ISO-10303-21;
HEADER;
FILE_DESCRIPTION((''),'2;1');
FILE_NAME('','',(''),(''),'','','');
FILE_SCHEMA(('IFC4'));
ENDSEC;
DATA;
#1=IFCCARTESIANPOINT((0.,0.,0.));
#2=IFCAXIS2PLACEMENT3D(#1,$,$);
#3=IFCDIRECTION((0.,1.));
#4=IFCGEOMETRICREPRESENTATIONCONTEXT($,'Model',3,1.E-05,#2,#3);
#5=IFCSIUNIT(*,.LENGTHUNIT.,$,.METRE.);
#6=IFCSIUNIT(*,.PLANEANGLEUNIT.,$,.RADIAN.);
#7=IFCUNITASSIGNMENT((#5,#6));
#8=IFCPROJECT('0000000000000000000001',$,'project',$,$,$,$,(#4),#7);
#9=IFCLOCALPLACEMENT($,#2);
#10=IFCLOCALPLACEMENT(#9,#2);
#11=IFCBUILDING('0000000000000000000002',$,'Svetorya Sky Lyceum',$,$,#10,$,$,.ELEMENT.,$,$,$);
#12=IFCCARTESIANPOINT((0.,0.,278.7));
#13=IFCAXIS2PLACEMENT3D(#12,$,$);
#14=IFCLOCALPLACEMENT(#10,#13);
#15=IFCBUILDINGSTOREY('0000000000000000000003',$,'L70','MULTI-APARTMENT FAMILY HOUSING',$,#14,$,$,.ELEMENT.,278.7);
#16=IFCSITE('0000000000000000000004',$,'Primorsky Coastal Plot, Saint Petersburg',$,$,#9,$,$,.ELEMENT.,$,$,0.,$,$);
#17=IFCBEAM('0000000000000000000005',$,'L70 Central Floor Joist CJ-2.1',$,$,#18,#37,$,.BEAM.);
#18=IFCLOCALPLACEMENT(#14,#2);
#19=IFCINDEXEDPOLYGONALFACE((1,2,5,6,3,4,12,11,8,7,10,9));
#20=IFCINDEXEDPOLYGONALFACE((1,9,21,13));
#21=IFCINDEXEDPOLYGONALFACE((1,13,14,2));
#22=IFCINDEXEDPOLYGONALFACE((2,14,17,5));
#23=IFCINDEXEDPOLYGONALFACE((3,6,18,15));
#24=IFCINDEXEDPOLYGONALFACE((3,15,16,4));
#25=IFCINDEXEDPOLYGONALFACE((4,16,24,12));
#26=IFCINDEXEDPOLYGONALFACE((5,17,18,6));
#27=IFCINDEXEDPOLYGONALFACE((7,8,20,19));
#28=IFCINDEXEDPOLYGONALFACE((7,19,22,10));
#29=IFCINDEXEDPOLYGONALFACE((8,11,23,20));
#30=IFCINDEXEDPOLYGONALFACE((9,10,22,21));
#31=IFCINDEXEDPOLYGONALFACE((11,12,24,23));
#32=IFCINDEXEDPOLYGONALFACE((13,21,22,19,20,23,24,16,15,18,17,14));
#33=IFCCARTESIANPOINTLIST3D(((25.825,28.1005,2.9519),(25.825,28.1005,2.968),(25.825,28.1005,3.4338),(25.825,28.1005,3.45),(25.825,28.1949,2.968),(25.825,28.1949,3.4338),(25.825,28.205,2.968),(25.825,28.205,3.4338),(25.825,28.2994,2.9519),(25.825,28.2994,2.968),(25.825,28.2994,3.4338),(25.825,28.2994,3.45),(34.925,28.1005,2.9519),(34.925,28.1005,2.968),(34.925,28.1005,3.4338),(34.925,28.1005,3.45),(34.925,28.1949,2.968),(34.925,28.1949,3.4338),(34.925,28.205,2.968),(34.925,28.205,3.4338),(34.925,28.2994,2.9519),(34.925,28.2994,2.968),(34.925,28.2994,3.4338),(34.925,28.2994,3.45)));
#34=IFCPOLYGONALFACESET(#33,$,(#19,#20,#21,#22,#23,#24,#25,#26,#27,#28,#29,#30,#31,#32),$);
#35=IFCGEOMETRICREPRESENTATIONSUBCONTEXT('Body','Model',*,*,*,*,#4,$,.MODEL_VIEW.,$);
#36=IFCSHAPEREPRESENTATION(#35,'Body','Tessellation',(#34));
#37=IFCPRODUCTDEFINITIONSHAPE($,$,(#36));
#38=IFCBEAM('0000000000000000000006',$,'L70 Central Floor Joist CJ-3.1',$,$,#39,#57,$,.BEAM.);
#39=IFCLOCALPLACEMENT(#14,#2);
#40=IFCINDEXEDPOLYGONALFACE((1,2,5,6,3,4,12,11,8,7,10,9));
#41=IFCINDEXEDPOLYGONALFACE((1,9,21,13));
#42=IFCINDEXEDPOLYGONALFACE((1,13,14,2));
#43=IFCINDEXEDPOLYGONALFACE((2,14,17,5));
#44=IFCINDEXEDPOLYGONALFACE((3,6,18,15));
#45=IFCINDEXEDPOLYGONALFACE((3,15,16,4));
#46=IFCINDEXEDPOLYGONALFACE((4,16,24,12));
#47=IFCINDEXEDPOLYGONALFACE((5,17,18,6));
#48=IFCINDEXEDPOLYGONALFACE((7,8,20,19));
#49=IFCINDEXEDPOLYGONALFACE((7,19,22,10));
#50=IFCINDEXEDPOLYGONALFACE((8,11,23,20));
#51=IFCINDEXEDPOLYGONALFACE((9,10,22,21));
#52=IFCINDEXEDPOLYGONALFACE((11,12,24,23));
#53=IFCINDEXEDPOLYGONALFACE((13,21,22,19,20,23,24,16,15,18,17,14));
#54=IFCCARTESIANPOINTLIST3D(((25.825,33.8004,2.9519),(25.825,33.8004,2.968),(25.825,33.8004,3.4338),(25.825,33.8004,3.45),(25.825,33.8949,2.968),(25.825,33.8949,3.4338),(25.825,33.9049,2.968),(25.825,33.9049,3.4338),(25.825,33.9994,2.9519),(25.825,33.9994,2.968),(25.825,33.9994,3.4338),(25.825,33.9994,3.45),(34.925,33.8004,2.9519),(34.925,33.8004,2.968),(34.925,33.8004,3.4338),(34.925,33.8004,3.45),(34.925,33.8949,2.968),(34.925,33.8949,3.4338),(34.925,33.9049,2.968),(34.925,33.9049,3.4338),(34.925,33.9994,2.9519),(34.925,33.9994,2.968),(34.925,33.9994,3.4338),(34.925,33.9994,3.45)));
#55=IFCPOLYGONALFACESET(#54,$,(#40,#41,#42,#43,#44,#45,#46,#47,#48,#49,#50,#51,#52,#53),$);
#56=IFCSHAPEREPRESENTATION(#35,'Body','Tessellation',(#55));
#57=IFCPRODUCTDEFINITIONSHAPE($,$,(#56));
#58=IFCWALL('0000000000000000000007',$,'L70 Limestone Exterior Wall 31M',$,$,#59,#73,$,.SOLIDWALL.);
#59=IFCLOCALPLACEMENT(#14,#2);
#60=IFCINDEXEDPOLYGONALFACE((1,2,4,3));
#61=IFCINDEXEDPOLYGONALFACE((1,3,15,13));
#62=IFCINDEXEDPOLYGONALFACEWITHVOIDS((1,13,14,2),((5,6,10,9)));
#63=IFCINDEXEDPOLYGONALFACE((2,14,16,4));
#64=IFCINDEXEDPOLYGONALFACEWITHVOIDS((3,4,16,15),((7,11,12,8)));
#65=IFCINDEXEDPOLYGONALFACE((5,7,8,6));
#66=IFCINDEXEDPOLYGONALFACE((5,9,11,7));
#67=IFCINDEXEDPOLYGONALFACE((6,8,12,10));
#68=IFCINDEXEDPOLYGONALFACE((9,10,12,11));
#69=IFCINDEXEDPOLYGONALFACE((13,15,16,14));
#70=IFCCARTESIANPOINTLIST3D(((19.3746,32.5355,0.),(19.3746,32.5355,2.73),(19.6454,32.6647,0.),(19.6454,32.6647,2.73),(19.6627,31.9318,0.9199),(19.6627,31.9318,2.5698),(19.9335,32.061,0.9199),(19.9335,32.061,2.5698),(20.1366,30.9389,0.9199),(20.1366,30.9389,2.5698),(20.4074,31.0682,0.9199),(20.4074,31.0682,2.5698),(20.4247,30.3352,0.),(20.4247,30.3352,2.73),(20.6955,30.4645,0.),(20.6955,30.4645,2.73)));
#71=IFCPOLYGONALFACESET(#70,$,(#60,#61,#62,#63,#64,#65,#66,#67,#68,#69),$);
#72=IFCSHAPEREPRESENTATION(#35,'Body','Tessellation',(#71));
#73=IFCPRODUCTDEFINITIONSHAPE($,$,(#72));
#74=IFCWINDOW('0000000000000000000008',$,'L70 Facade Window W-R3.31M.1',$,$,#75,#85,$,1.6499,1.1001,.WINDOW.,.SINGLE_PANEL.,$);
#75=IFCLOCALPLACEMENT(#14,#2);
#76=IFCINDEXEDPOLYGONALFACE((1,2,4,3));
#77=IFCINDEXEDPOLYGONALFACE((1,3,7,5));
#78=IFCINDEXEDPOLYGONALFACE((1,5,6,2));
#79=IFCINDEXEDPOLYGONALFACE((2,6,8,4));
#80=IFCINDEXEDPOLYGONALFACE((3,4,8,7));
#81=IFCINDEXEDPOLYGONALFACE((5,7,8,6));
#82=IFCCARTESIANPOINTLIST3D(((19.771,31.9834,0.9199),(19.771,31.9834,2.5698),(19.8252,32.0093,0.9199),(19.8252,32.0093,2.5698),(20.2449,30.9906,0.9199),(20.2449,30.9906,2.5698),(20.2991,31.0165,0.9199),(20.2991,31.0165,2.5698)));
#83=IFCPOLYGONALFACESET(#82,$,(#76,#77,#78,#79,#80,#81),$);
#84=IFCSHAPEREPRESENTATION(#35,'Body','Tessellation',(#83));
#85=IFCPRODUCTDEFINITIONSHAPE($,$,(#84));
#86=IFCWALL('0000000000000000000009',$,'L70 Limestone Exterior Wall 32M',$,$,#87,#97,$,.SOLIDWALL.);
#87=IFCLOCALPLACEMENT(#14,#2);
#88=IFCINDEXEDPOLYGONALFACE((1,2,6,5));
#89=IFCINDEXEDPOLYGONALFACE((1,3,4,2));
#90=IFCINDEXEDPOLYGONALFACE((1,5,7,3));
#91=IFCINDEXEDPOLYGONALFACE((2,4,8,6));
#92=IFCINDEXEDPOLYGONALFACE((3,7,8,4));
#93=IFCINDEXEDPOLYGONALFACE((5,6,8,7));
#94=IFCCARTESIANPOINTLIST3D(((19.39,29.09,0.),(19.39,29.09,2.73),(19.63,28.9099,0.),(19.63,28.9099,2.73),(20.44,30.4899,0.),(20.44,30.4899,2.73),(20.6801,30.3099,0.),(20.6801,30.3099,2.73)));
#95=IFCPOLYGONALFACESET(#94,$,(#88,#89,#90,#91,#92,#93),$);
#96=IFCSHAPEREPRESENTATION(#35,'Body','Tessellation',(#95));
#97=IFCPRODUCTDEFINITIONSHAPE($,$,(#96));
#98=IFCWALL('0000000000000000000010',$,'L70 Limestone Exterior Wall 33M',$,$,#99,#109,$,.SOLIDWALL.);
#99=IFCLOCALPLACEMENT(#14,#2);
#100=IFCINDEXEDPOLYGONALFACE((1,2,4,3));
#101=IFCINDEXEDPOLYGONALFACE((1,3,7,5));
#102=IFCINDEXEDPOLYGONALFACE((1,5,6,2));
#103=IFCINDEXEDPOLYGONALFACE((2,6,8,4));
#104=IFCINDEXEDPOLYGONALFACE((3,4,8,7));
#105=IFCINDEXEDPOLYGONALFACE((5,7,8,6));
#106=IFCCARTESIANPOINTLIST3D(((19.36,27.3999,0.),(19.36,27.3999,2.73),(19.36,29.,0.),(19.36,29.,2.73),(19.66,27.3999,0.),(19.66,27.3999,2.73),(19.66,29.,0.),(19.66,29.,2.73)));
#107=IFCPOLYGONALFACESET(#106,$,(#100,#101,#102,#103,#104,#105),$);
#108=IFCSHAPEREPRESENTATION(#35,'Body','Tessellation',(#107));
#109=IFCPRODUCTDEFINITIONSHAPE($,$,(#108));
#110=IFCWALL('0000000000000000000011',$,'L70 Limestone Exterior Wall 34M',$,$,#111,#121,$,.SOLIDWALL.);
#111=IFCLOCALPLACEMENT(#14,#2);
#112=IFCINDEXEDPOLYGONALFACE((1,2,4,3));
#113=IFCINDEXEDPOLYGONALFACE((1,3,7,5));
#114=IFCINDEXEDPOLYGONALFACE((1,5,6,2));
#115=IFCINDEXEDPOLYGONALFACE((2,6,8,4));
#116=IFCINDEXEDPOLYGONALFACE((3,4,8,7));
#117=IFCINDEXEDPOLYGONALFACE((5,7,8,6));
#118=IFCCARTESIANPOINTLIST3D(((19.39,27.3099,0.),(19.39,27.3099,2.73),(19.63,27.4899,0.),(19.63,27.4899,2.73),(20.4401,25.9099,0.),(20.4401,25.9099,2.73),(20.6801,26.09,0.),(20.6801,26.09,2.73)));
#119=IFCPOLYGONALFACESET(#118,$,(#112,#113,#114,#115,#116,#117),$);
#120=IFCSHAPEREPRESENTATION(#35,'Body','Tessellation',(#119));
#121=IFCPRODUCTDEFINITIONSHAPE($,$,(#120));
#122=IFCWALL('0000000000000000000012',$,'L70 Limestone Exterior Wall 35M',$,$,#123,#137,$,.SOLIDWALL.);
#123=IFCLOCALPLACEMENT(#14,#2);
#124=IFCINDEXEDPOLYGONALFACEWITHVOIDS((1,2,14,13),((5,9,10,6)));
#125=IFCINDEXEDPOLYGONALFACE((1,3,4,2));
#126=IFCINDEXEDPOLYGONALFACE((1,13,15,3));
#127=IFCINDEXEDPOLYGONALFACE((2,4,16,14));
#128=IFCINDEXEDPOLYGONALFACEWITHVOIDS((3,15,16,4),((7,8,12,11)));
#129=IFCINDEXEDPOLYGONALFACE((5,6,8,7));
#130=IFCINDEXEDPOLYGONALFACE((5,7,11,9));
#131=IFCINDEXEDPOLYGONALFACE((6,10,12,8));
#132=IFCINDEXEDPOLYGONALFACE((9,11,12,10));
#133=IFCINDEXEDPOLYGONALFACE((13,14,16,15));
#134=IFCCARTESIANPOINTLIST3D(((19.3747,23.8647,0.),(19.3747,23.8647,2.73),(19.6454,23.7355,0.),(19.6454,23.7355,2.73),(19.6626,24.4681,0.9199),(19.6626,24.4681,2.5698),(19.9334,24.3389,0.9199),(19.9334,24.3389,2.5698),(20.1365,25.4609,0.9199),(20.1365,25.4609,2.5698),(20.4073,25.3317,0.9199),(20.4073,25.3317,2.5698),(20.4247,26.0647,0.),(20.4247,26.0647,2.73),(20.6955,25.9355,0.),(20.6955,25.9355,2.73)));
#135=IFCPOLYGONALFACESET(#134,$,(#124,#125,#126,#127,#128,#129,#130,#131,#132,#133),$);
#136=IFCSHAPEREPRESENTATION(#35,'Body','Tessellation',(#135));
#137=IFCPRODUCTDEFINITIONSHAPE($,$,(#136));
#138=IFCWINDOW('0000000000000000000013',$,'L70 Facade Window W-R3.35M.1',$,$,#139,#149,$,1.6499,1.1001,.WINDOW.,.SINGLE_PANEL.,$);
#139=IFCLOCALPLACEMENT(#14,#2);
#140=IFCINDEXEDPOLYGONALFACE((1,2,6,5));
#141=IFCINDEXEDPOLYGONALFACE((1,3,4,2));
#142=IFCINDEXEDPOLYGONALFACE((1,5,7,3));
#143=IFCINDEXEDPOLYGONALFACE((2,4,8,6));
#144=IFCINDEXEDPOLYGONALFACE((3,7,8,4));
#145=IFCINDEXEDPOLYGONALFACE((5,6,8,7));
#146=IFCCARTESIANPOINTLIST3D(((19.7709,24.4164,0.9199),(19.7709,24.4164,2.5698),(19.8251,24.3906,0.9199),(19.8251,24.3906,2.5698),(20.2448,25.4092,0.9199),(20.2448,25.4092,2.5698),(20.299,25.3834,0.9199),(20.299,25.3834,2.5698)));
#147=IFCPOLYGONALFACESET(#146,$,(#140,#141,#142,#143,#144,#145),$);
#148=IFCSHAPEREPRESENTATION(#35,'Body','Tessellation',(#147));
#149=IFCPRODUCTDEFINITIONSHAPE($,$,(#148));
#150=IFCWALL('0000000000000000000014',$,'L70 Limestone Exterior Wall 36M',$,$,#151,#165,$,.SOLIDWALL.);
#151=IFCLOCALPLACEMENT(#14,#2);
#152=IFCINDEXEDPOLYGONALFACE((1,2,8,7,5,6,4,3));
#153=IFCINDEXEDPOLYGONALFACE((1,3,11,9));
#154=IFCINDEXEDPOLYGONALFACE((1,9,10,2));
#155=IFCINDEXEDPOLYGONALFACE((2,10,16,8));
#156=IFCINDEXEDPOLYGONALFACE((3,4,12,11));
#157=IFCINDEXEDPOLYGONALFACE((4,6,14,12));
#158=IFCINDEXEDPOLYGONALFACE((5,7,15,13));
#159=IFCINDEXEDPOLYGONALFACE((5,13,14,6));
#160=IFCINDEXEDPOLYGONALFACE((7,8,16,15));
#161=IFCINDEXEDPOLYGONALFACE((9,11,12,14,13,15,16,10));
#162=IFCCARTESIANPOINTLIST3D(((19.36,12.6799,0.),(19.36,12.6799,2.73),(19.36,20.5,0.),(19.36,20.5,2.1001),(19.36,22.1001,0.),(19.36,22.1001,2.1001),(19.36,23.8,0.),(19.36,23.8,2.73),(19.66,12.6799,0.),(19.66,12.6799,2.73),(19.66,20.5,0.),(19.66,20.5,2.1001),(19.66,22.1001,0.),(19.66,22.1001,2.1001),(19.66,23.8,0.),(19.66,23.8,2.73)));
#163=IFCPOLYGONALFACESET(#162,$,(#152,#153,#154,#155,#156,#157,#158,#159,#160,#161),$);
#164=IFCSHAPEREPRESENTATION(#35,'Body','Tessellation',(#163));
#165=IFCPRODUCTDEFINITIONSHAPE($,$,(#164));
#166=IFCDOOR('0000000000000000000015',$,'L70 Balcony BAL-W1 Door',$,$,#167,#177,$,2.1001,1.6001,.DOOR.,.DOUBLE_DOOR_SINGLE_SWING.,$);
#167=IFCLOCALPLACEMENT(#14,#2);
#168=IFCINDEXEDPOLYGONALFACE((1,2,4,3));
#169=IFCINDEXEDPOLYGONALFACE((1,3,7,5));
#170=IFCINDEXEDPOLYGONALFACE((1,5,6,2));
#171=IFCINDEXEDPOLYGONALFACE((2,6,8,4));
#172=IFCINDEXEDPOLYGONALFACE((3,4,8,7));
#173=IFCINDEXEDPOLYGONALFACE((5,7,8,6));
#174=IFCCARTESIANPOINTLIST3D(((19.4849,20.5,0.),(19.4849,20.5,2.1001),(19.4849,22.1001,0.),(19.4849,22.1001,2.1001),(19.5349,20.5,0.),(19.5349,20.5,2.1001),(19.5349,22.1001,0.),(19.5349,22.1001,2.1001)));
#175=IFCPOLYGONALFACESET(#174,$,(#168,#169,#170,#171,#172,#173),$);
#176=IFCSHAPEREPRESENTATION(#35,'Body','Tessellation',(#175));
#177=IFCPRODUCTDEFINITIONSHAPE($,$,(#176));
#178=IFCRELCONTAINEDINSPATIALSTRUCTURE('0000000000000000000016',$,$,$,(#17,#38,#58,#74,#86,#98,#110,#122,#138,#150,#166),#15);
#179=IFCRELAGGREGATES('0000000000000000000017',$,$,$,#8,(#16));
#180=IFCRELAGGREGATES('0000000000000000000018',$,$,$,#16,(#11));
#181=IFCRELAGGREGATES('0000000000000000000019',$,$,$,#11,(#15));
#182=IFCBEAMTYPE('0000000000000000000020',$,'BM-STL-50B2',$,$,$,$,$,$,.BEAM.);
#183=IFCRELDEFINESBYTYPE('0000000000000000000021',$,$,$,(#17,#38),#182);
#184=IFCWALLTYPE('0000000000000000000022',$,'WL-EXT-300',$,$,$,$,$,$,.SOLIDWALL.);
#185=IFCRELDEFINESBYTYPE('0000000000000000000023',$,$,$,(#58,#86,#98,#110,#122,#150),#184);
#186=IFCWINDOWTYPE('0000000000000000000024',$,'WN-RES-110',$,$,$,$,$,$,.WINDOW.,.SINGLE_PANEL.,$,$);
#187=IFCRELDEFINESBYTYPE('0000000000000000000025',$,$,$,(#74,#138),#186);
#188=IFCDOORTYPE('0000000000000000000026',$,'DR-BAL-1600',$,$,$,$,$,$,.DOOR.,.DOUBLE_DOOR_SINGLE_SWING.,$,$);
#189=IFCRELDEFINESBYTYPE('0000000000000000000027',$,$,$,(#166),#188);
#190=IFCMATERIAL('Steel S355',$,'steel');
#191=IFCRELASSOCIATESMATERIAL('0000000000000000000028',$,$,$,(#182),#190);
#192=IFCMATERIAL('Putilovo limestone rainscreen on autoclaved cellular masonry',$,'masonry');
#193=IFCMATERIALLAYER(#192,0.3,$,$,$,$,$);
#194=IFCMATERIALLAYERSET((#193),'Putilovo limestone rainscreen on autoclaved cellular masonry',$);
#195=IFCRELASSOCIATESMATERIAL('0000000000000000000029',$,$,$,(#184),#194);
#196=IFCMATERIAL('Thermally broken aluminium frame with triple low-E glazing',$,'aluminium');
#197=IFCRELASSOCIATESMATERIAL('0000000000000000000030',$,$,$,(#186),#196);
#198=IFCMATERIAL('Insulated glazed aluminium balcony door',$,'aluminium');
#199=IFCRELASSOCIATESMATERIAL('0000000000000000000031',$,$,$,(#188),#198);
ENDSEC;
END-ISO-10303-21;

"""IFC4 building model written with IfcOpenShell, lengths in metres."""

from ifc_helpers import new_model, si_unit, direction, frame, frame_2d, origin, origin_2d, place, context, subcontext, project, spatial, rectangle, i_section, extrude, material, layer, layer_set, material_profile, profile_set, type_object, element, fill, save


model = new_model("IFC4")

# Units and contexts
model_context = context("Model", 3, precision=1e-05, world=origin(), true_north=direction((0.0, 1.0)))
body_context = subcontext(model_context, "Body", "Model", "MODEL_VIEW")
ifc_project = project(units=[si_unit("LENGTHUNIT", "METRE"), si_unit("PLANEANGLEUNIT", "RADIAN")], contexts=[model_context])

# Site, building, storey
site_placement = place(None, origin())
site = spatial("IfcSite", under=ifc_project, at=site_placement, Name="Primorsky Coastal Plot, Saint Petersburg", CompositionType="ELEMENT", RefElevation=0.0)
building_placement = place(site_placement, origin())
building = spatial("IfcBuilding", under=site, at=building_placement, Name="Svetorya Sky Lyceum", CompositionType="ELEMENT")
storey_placement = place(building_placement, frame((0.0, 0.0, 278.7)))
storey = spatial("IfcBuildingStorey", under=building, at=storey_placement, Name="L70", Description="MULTI-APARTMENT FAMILY HOUSING", CompositionType="ELEMENT", Elevation=278.7)

# Beams
ifc_material_1 = material(Name="Steel S355", Category="steel")
ifc_material_profile_1 = material_profile(ifc_material_1, i_section(OverallWidth=0.199, OverallDepth=0.498, WebThickness=0.01, FlangeThickness=0.0161, at=origin_2d()), Name="GOST 50B2")
ifc_profile_set_1 = profile_set([ifc_material_profile_1], Name="Steel S355")
beam_type_1 = type_object("IfcBeamType", Name="BM-STL-50B2", PredefinedType="BEAM", material=ifc_profile_set_1)
for number, where, z_axis, x_axis, name in (
    (1, (25.825, 28.2, 3.2009), (1.0, 0.0, 0.0), (0.0, 1.0, 0.0), "L70 Central Floor Joist CJ-2.1"),
    (2, (25.825, 33.8999, 3.2009), (1.0, 0.0, 0.0), (0.0, 1.0, 0.0), "L70 Central Floor Joist CJ-3.1"),
):
    element("IfcBeam", number, at=place(storey_placement, frame(where, z_axis=z_axis, x_axis=x_axis)), inside=storey, type_object=beam_type_1, Name=name, PredefinedType="BEAM", context=body_context, shape_type="SweptSolid", body=[
        extrude(i_section(OverallWidth=0.199, OverallDepth=0.498, WebThickness=0.01, FlangeThickness=0.0161, at=origin_2d()), origin(), (0.0, 0.0, 1.0), 9.1001),
    ])

# Wall, opening, window
ifc_material_2 = material(Name="Putilovo limestone rainscreen on autoclaved cellular masonry", Category="masonry")
ifc_layer_1 = layer(ifc_material_2, 0.3)
ifc_layer_set_1 = layer_set([ifc_layer_1], Name="Putilovo limestone rainscreen on autoclaved cellular masonry")
wall_type_1 = type_object("IfcWallType", Name="WL-EXT-300", PredefinedType="SOLIDWALL", material=ifc_layer_set_1)
wall_1_placement = place(storey_placement, frame((19.51, 32.6001, 0.0), z_axis=(0.0, 0.0, 1.0), x_axis=(0.430715, -0.902488, 0.0)))
wall_1 = element("IfcWall", 3, at=wall_1_placement, inside=storey, type_object=wall_type_1, Name="L70 Limestone Exterior Wall 31M", PredefinedType="SOLIDWALL", context=body_context, shape_type="SweptSolid", body=[
    extrude(rectangle(XDim=2.438, YDim=0.3, at=frame_2d((1.219, 0.0))), origin(), (0.0, 0.0, 1.0), 2.73),
])
opening_1_placement = place(wall_1_placement, frame((0.6689, 0.0, 0.9199)))
opening_1 = element("IfcOpeningElement", 4, at=opening_1_placement, cuts=wall_1, PredefinedType="OPENING", context=body_context, shape_type="SweptSolid", body=[
    extrude(rectangle(XDim=1.1001, YDim=1.6499, at=frame_2d((0.55, 0.825))), frame((0.0, 0.1599, 0.0), z_axis=(0.0, -1.0, 0.0), x_axis=(1.0, 0.0, 0.0)), (0.0, 0.0, 1.0), 0.3201),
])
ifc_material_3 = material(Name="Thermally broken aluminium frame with triple low-E glazing", Category="aluminium")
window_type = type_object("IfcWindowType", Name="WN-RES-110", PartitioningType="SINGLE_PANEL", PredefinedType="WINDOW", material=ifc_material_3)
window_1_placement = place(opening_1_placement, origin())
window_1 = element("IfcWindow", 5, at=window_1_placement, inside=storey, type_object=window_type, Name="L70 Facade Window W-R3.31M.1", OverallHeight=1.6499, OverallWidth=1.1001, PartitioningType="SINGLE_PANEL", PredefinedType="WINDOW", context=body_context, shape_type="SweptSolid", body=[
    extrude(rectangle(XDim=1.1001, YDim=1.6499, at=frame_2d((0.55, 0.825))), frame((0.0, 0.03, 0.0), z_axis=(0.0, -1.0, 0.0), x_axis=(1.0, 0.0, 0.0)), (0.0, 0.0, 1.0), 0.0601),
])
fill(opening_1, window_1)

# Walls
wall_2_placement = place(storey_placement, frame((20.5601, 30.3999, 0.0), z_axis=(0.0, 0.0, 1.0), x_axis=(-0.600045, -0.799967, 0.0)))
element("IfcWall", 6, at=wall_2_placement, inside=storey, type_object=wall_type_1, Name="L70 Limestone Exterior Wall 32M", PredefinedType="SOLIDWALL", context=body_context, shape_type="SweptSolid", body=[
    extrude(rectangle(XDim=1.75, YDim=0.3, at=frame_2d((0.875, 0.0))), origin(), (0.0, 0.0, 1.0), 2.73),
])
wall_3_placement = place(storey_placement, frame((19.51, 29.0, 0.0), z_axis=(0.0, 0.0, 1.0), x_axis=(0.0, -1.0, 0.0)))
element("IfcWall", 7, at=wall_3_placement, inside=storey, type_object=wall_type_1, Name="L70 Limestone Exterior Wall 33M", PredefinedType="SOLIDWALL", context=body_context, shape_type="SweptSolid", body=[
    extrude(rectangle(XDim=1.6001, YDim=0.3, at=frame_2d((0.8, 0.0))), origin(), (0.0, 0.0, 1.0), 2.73),
])
wall_4_placement = place(storey_placement, frame((19.51, 27.3999, 0.0), z_axis=(0.0, 0.0, 1.0), x_axis=(0.600045, -0.799967, 0.0)))
element("IfcWall", 8, at=wall_4_placement, inside=storey, type_object=wall_type_1, Name="L70 Limestone Exterior Wall 34M", PredefinedType="SOLIDWALL", context=body_context, shape_type="SweptSolid", body=[
    extrude(rectangle(XDim=1.75, YDim=0.3, at=frame_2d((0.875, 0.0))), origin(), (0.0, 0.0, 1.0), 2.73),
])

# Wall, opening, window
wall_5_placement = place(storey_placement, frame((20.5601, 26.0, 0.0), z_axis=(0.0, 0.0, 1.0), x_axis=(-0.430754, -0.90247, 0.0)))
wall_5 = element("IfcWall", 9, at=wall_5_placement, inside=storey, type_object=wall_type_1, Name="L70 Limestone Exterior Wall 35M", PredefinedType="SOLIDWALL", context=body_context, shape_type="SweptSolid", body=[
    extrude(rectangle(XDim=2.4377, YDim=0.3, at=frame_2d((1.2188, 0.0))), origin(), (0.0, 0.0, 1.0), 2.73),
])
opening_2_placement = place(wall_5_placement, frame((0.6689, 0.0, 0.9199)))
opening_2 = element("IfcOpeningElement", 10, at=opening_2_placement, cuts=wall_5, PredefinedType="OPENING", context=body_context, shape_type="SweptSolid", body=[
    extrude(rectangle(XDim=1.1001, YDim=1.6499, at=frame_2d((0.55, 0.825))), frame((0.0, 0.1599, 0.0), z_axis=(0.0, -1.0, 0.0), x_axis=(1.0, 0.0, 0.0)), (0.0, 0.0, 1.0), 0.3201),
])
window_2_placement = place(opening_2_placement, origin())
window_2 = element("IfcWindow", 11, at=window_2_placement, inside=storey, type_object=window_type, Name="L70 Facade Window W-R3.35M.1", OverallHeight=1.6499, OverallWidth=1.1001, PartitioningType="SINGLE_PANEL", PredefinedType="WINDOW", context=body_context, shape_type="SweptSolid", body=[
    extrude(rectangle(XDim=1.1001, YDim=1.6499, at=frame_2d((0.55, 0.825))), frame((0.0, 0.03, 0.0), z_axis=(0.0, -1.0, 0.0), x_axis=(1.0, 0.0, 0.0)), (0.0, 0.0, 1.0), 0.0601),
])
fill(opening_2, window_2)

# Wall, opening, door
wall_6_placement = place(storey_placement, frame((19.51, 23.8, 0.0), z_axis=(0.0, 0.0, 1.0), x_axis=(0.0, -1.0, 0.0)))
wall_6 = element("IfcWall", 12, at=wall_6_placement, inside=storey, type_object=wall_type_1, Name="L70 Limestone Exterior Wall 36M", PredefinedType="SOLIDWALL", context=body_context, shape_type="SweptSolid", body=[
    extrude(rectangle(XDim=11.1201, YDim=0.3, at=frame_2d((5.5601, 0.0))), origin(), (0.0, 0.0, 1.0), 2.73),
])
opening_3_placement = place(wall_6_placement, frame((1.7, 0.0, 0.0)))
opening_3 = element("IfcOpeningElement", 13, at=opening_3_placement, cuts=wall_6, PredefinedType="OPENING", context=body_context, shape_type="SweptSolid", body=[
    extrude(rectangle(XDim=1.6001, YDim=2.1001, at=frame_2d((0.8, 1.05))), frame((0.0, 0.1599, 0.0), z_axis=(0.0, -1.0, 0.0), x_axis=(1.0, 0.0, 0.0)), (0.0, 0.0, 1.0), 0.3201),
])
ifc_material_4 = material(Name="Insulated glazed aluminium balcony door", Category="aluminium")
door_type_1 = type_object("IfcDoorType", Name="DR-BAL-1600", OperationType="DOUBLE_DOOR_SINGLE_SWING", PredefinedType="DOOR", material=ifc_material_4)
door_1_placement = place(opening_3_placement, origin())
door_1 = element("IfcDoor", 14, at=door_1_placement, inside=storey, type_object=door_type_1, Name="L70 Balcony BAL-W1 Door", OperationType="DOUBLE_DOOR_SINGLE_SWING", OverallHeight=2.1001, OverallWidth=1.6001, PredefinedType="DOOR", context=body_context, shape_type="SweptSolid", body=[
    extrude(rectangle(XDim=1.6001, YDim=2.1001, at=frame_2d((0.8, 1.05))), frame((0.0, 0.0249, 0.0), z_axis=(0.0, -1.0, 0.0), x_axis=(1.0, 0.0, 0.0)), (0.0, 0.0, 1.0), 0.05),
])
fill(opening_3, door_1)

save(model, "model.ifc")
